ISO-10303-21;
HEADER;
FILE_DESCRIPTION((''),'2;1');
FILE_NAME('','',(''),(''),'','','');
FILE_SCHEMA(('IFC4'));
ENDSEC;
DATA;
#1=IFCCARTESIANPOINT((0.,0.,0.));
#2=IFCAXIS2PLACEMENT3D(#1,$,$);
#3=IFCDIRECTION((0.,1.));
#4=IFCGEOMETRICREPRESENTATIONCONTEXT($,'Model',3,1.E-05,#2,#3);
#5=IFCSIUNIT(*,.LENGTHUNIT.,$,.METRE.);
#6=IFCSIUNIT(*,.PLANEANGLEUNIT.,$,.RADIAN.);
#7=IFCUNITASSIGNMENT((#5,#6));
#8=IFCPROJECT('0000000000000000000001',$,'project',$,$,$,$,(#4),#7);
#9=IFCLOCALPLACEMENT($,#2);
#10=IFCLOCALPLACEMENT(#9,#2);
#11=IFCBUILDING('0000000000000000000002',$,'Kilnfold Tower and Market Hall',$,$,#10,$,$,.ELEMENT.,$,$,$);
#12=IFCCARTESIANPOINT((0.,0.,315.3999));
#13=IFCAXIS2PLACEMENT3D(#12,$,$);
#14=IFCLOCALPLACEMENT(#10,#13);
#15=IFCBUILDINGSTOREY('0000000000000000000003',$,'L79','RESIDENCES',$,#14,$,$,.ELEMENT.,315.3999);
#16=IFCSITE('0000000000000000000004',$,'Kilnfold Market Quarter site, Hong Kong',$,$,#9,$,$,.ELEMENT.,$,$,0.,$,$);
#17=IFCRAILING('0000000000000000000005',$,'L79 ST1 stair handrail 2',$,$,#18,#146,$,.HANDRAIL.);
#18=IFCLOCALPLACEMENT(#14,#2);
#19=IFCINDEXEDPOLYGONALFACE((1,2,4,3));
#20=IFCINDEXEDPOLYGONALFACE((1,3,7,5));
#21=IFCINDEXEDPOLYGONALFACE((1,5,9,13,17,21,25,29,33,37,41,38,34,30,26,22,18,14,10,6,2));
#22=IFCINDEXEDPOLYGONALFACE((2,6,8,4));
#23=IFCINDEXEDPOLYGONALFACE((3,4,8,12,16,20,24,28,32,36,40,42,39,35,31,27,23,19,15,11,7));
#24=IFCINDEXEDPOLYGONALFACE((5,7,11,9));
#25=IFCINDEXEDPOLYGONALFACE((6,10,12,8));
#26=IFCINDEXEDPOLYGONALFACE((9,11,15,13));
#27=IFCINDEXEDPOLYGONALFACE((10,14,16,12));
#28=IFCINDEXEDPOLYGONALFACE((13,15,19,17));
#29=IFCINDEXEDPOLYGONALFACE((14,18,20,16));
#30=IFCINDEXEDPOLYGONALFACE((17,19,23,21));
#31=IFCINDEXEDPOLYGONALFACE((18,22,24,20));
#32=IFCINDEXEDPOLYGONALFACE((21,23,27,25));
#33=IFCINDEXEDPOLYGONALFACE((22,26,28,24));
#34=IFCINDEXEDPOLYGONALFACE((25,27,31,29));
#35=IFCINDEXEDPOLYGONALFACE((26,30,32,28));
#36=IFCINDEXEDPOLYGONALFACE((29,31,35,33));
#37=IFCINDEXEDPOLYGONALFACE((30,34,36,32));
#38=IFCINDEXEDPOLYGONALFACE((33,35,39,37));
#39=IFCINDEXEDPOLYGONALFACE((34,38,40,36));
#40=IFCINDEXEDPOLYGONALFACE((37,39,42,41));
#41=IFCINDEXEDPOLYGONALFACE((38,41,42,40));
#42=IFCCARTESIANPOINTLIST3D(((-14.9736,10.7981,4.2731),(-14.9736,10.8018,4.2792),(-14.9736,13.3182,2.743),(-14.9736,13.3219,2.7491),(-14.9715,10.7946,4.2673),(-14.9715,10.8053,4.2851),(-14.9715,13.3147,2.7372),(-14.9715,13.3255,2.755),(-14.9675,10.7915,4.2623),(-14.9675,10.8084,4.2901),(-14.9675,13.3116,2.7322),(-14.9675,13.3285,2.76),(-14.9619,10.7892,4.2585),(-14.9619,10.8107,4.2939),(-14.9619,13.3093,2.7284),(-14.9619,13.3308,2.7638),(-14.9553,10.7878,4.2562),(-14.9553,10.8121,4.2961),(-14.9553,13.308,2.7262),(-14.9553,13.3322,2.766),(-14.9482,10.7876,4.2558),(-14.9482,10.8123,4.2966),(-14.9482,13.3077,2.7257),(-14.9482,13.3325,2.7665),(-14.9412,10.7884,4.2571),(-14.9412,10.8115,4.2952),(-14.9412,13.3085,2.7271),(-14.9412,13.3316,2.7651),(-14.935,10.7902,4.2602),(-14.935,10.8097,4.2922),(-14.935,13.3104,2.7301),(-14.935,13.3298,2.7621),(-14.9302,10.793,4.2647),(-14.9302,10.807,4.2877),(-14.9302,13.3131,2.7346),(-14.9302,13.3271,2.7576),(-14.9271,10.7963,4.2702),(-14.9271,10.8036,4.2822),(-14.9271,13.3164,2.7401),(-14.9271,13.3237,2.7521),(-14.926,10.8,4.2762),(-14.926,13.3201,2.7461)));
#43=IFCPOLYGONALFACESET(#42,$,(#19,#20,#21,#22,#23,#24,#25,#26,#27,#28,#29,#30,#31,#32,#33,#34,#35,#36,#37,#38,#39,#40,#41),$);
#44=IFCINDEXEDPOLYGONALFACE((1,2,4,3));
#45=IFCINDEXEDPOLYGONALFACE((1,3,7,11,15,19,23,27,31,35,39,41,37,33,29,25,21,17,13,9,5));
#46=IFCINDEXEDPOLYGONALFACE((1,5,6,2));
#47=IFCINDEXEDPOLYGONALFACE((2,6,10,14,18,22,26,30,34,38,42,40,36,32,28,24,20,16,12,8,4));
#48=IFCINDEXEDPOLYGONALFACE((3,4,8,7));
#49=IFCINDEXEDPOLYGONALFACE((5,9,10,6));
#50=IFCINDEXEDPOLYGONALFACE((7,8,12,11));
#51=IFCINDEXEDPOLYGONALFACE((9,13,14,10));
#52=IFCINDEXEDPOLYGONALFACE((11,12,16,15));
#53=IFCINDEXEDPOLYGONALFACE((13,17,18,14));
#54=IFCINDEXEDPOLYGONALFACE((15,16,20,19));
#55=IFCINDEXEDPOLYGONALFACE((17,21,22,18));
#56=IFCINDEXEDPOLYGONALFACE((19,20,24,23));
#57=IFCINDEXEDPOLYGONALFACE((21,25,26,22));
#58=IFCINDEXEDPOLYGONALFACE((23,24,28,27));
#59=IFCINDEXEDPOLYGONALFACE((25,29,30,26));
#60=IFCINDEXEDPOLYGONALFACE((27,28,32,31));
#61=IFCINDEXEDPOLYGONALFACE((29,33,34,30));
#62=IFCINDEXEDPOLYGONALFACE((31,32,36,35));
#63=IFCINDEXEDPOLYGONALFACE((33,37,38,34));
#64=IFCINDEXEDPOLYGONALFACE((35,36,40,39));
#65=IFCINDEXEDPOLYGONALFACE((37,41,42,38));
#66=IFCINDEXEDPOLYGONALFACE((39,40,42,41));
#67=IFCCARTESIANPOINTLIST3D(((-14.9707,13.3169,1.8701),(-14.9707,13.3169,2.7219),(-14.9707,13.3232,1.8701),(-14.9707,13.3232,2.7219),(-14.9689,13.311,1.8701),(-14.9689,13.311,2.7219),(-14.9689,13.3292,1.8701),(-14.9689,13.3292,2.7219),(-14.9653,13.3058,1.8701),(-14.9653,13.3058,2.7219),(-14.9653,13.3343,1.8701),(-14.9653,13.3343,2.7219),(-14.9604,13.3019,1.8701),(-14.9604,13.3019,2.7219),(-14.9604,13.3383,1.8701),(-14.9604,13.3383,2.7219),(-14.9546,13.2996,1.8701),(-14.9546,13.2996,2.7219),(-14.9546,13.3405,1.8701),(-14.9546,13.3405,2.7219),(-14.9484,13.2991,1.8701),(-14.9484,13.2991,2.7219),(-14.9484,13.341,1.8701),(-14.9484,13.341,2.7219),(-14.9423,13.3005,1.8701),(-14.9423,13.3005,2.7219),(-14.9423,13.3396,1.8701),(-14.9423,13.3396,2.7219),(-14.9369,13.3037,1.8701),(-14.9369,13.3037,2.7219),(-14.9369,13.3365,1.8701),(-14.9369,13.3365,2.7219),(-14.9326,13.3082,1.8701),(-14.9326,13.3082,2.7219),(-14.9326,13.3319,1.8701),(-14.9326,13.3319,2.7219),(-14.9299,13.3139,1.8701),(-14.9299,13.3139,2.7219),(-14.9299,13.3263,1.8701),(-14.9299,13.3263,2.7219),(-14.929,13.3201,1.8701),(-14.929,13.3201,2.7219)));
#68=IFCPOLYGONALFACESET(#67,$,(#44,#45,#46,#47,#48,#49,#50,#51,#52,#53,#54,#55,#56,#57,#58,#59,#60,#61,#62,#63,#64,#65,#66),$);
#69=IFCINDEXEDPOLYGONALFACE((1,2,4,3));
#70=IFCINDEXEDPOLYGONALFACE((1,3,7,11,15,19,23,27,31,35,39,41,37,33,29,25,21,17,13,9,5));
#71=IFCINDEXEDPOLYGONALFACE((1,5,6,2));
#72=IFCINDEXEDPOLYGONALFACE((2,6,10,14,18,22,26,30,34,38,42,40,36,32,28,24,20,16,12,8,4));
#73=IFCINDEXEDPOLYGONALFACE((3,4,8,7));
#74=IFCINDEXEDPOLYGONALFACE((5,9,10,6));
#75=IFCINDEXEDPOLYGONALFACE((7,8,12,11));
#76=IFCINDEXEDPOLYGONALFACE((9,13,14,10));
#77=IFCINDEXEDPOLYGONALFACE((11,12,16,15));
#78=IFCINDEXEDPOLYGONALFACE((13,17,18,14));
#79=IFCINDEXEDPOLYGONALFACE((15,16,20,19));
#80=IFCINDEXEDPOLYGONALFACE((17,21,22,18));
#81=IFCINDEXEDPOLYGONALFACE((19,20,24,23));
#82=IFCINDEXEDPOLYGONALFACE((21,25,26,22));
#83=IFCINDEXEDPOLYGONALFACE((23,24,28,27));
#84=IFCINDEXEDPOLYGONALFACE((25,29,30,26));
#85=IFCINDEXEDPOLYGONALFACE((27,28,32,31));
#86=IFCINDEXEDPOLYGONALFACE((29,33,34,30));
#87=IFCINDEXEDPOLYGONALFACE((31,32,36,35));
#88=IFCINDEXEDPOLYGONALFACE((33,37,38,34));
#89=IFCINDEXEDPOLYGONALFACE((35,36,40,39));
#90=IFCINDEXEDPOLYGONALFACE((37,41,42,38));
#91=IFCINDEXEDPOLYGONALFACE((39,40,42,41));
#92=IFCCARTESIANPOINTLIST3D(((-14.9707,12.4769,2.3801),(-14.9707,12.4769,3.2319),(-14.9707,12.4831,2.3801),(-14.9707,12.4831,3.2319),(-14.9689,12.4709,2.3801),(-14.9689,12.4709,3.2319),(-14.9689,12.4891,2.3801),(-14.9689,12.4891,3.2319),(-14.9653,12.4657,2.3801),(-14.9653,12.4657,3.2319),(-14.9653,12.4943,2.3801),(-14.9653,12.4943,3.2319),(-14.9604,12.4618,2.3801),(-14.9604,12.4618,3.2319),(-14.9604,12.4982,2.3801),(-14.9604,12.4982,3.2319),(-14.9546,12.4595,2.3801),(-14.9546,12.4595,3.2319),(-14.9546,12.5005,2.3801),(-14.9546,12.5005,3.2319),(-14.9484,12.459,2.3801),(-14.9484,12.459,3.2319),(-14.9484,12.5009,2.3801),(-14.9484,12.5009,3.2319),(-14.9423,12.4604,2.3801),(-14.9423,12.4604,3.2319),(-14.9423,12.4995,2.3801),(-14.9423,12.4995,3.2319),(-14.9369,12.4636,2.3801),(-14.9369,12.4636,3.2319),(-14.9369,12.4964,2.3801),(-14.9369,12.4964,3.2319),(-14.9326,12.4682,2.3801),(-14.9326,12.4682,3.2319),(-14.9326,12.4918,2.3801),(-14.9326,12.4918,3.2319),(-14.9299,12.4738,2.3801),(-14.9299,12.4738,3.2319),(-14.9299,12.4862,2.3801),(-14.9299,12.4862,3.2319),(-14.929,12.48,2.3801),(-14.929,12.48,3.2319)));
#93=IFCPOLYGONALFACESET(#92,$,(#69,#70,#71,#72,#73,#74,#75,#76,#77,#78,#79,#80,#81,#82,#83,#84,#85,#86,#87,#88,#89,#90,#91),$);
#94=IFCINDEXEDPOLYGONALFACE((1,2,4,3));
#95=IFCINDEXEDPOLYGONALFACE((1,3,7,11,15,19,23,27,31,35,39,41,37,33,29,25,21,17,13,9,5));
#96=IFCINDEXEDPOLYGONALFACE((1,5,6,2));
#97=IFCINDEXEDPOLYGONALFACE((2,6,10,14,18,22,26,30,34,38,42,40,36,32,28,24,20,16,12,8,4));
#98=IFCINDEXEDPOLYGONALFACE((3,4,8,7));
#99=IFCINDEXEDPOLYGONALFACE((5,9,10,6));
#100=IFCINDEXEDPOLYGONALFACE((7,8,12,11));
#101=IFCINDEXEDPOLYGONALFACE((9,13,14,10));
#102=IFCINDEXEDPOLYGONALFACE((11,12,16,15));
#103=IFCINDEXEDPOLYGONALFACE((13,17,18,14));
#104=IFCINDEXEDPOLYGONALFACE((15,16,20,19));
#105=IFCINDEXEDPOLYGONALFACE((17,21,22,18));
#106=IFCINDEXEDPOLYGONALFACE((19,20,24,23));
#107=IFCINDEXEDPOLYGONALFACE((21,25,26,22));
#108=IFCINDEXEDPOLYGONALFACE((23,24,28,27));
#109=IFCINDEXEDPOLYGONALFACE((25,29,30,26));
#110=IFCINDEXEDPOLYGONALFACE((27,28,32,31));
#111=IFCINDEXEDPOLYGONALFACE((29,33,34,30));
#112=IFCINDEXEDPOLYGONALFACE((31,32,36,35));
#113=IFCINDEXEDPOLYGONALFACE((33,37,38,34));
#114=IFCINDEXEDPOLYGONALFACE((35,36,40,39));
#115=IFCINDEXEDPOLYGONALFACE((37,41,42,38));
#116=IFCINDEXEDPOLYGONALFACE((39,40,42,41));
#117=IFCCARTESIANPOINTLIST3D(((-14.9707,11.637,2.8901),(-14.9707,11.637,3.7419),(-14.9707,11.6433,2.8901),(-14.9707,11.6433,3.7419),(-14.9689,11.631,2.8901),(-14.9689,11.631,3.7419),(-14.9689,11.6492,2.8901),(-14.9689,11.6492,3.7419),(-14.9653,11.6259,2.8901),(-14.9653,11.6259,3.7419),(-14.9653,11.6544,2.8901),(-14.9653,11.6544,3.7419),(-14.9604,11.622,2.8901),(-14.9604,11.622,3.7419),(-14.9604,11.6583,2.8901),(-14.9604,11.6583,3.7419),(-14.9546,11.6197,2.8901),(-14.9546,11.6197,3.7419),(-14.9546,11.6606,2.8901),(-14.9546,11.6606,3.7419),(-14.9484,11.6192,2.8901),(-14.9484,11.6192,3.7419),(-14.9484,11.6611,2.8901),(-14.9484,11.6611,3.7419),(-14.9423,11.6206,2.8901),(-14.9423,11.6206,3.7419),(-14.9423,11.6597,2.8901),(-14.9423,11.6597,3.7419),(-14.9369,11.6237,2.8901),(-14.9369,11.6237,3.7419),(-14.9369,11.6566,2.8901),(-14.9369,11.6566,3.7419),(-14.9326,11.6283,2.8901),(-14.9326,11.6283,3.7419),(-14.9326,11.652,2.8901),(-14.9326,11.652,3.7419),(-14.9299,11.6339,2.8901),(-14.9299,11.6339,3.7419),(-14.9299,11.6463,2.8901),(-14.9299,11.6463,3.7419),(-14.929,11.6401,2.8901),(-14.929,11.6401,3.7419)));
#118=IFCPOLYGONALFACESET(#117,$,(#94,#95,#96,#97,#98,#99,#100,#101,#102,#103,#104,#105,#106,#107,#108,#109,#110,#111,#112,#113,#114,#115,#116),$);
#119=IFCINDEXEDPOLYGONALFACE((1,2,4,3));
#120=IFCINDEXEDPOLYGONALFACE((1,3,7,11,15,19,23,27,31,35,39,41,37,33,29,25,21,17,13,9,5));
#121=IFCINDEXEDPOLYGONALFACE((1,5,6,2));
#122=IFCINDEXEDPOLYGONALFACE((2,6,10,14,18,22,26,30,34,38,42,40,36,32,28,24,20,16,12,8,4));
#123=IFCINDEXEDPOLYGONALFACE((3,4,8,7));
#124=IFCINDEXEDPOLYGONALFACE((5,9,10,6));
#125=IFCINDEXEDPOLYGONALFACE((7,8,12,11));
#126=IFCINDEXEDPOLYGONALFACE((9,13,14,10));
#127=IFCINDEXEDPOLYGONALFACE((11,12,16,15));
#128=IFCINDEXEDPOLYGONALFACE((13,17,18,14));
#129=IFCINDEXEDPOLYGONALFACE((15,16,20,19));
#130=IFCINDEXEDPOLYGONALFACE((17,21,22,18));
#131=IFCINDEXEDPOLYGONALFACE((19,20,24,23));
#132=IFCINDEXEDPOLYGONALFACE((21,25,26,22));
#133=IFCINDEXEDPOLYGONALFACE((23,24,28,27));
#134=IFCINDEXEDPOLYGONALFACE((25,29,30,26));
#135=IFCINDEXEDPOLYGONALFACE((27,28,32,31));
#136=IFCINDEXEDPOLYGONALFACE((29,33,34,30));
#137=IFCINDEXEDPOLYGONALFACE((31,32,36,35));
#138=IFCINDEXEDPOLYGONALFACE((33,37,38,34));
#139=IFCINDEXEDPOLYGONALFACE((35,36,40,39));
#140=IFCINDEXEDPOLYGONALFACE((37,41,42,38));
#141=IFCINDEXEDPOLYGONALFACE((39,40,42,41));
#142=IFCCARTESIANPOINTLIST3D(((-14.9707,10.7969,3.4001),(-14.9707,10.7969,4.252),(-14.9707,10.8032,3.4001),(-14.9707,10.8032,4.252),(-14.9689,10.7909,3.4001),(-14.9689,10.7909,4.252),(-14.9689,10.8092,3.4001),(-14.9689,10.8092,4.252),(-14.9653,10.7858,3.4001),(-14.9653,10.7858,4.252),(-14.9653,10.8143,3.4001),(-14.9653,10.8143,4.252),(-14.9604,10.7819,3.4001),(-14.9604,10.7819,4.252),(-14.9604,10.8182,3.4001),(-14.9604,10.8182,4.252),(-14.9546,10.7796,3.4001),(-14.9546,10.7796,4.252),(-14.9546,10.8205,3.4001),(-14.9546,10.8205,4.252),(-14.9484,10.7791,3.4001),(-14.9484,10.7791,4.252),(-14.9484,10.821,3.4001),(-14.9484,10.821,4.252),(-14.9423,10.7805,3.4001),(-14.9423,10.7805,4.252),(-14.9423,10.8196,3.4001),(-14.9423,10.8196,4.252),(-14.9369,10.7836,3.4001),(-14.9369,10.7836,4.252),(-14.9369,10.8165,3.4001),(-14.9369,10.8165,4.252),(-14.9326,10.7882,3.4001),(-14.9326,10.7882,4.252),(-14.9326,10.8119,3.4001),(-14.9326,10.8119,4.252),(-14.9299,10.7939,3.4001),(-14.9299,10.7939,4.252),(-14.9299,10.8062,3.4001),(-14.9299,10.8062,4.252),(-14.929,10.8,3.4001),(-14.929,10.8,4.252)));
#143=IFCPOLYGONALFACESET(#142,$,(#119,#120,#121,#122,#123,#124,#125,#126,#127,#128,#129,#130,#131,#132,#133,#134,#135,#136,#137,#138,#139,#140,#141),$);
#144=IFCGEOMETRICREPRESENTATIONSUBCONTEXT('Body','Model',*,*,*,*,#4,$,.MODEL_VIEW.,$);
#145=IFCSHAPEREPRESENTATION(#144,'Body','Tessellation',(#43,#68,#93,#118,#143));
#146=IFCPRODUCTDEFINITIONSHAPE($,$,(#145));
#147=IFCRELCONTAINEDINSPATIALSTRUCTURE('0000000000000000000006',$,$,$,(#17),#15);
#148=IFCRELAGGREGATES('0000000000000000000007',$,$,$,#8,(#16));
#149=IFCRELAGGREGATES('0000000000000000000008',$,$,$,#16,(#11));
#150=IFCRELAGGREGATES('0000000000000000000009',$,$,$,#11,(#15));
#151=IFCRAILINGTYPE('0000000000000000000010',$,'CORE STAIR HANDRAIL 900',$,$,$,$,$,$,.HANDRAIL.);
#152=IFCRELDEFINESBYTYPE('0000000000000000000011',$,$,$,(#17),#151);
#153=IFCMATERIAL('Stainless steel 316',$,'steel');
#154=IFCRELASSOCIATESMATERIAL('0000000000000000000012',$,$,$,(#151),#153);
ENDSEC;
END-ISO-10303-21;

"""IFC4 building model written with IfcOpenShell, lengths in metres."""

from ifc_helpers import new_model, si_unit, direction, frame, origin, origin_2d, place, context, subcontext, project, spatial, circle, extrude, material, type_object, element, save


model = new_model("IFC4")

# Units and contexts
model_context = context("Model", 3, precision=1e-05, world=origin(), true_north=direction((0.0, 1.0)))
body_context = subcontext(model_context, "Body", "Model", "MODEL_VIEW")
ifc_project = project(units=[si_unit("LENGTHUNIT", "METRE"), si_unit("PLANEANGLEUNIT", "RADIAN")], contexts=[model_context])

# Site, building, storey
site_placement = place(None, origin())
site = spatial("IfcSite", under=ifc_project, at=site_placement, Name="Kilnfold Market Quarter site, Hong Kong", CompositionType="ELEMENT", RefElevation=0.0)
building_placement = place(site_placement, origin())
building = spatial("IfcBuilding", under=site, at=building_placement, Name="Kilnfold Tower and Market Hall", CompositionType="ELEMENT")
storey_placement = place(building_placement, frame((0.0, 0.0, 315.3999)))
storey = spatial("IfcBuildingStorey", under=building, at=storey_placement, Name="L79", Description="RESIDENCES", CompositionType="ELEMENT", Elevation=315.3999)

# Railing
ifc_material_1 = material(Name="Stainless steel 316", Category="steel")
railing_type_1 = type_object("IfcRailingType", Name="CORE STAIR HANDRAIL 900", PredefinedType="HANDRAIL", material=ifc_material_1)
railing_1_placement = place(storey_placement, frame((-14.95, 13.3201, 1.8701)))
element("IfcRailing", 1, at=railing_1_placement, inside=storey, type_object=railing_type_1, Name="L79 ST1 stair handrail 2", PredefinedType="HANDRAIL", context=body_context, shape_type="SweptSolid", body=[
    extrude(circle(Radius=0.0239, at=origin_2d()), frame((0.0, 0.0, 0.876), z_axis=(0.0, -0.854785, 0.518982), x_axis=(1.0, 0.0, 0.0)), (0.0, 0.0, 1.0), 2.9482),
    extrude(circle(Radius=0.021, at=origin_2d()), origin(), (0.0, 0.0, 1.0), 0.8518),
    extrude(circle(Radius=0.021, at=origin_2d()), frame((0.0, -0.8401, 0.51)), (0.0, 0.0, 1.0), 0.8518),
    extrude(circle(Radius=0.021, at=origin_2d()), frame((0.0, -1.6799, 1.02)), (0.0, 0.0, 1.0), 0.8518),
    extrude(circle(Radius=0.021, at=origin_2d()), frame((0.0, -2.52, 1.53)), (0.0, 0.0, 1.0), 0.8518),
])

save(model, "model.ifc")
